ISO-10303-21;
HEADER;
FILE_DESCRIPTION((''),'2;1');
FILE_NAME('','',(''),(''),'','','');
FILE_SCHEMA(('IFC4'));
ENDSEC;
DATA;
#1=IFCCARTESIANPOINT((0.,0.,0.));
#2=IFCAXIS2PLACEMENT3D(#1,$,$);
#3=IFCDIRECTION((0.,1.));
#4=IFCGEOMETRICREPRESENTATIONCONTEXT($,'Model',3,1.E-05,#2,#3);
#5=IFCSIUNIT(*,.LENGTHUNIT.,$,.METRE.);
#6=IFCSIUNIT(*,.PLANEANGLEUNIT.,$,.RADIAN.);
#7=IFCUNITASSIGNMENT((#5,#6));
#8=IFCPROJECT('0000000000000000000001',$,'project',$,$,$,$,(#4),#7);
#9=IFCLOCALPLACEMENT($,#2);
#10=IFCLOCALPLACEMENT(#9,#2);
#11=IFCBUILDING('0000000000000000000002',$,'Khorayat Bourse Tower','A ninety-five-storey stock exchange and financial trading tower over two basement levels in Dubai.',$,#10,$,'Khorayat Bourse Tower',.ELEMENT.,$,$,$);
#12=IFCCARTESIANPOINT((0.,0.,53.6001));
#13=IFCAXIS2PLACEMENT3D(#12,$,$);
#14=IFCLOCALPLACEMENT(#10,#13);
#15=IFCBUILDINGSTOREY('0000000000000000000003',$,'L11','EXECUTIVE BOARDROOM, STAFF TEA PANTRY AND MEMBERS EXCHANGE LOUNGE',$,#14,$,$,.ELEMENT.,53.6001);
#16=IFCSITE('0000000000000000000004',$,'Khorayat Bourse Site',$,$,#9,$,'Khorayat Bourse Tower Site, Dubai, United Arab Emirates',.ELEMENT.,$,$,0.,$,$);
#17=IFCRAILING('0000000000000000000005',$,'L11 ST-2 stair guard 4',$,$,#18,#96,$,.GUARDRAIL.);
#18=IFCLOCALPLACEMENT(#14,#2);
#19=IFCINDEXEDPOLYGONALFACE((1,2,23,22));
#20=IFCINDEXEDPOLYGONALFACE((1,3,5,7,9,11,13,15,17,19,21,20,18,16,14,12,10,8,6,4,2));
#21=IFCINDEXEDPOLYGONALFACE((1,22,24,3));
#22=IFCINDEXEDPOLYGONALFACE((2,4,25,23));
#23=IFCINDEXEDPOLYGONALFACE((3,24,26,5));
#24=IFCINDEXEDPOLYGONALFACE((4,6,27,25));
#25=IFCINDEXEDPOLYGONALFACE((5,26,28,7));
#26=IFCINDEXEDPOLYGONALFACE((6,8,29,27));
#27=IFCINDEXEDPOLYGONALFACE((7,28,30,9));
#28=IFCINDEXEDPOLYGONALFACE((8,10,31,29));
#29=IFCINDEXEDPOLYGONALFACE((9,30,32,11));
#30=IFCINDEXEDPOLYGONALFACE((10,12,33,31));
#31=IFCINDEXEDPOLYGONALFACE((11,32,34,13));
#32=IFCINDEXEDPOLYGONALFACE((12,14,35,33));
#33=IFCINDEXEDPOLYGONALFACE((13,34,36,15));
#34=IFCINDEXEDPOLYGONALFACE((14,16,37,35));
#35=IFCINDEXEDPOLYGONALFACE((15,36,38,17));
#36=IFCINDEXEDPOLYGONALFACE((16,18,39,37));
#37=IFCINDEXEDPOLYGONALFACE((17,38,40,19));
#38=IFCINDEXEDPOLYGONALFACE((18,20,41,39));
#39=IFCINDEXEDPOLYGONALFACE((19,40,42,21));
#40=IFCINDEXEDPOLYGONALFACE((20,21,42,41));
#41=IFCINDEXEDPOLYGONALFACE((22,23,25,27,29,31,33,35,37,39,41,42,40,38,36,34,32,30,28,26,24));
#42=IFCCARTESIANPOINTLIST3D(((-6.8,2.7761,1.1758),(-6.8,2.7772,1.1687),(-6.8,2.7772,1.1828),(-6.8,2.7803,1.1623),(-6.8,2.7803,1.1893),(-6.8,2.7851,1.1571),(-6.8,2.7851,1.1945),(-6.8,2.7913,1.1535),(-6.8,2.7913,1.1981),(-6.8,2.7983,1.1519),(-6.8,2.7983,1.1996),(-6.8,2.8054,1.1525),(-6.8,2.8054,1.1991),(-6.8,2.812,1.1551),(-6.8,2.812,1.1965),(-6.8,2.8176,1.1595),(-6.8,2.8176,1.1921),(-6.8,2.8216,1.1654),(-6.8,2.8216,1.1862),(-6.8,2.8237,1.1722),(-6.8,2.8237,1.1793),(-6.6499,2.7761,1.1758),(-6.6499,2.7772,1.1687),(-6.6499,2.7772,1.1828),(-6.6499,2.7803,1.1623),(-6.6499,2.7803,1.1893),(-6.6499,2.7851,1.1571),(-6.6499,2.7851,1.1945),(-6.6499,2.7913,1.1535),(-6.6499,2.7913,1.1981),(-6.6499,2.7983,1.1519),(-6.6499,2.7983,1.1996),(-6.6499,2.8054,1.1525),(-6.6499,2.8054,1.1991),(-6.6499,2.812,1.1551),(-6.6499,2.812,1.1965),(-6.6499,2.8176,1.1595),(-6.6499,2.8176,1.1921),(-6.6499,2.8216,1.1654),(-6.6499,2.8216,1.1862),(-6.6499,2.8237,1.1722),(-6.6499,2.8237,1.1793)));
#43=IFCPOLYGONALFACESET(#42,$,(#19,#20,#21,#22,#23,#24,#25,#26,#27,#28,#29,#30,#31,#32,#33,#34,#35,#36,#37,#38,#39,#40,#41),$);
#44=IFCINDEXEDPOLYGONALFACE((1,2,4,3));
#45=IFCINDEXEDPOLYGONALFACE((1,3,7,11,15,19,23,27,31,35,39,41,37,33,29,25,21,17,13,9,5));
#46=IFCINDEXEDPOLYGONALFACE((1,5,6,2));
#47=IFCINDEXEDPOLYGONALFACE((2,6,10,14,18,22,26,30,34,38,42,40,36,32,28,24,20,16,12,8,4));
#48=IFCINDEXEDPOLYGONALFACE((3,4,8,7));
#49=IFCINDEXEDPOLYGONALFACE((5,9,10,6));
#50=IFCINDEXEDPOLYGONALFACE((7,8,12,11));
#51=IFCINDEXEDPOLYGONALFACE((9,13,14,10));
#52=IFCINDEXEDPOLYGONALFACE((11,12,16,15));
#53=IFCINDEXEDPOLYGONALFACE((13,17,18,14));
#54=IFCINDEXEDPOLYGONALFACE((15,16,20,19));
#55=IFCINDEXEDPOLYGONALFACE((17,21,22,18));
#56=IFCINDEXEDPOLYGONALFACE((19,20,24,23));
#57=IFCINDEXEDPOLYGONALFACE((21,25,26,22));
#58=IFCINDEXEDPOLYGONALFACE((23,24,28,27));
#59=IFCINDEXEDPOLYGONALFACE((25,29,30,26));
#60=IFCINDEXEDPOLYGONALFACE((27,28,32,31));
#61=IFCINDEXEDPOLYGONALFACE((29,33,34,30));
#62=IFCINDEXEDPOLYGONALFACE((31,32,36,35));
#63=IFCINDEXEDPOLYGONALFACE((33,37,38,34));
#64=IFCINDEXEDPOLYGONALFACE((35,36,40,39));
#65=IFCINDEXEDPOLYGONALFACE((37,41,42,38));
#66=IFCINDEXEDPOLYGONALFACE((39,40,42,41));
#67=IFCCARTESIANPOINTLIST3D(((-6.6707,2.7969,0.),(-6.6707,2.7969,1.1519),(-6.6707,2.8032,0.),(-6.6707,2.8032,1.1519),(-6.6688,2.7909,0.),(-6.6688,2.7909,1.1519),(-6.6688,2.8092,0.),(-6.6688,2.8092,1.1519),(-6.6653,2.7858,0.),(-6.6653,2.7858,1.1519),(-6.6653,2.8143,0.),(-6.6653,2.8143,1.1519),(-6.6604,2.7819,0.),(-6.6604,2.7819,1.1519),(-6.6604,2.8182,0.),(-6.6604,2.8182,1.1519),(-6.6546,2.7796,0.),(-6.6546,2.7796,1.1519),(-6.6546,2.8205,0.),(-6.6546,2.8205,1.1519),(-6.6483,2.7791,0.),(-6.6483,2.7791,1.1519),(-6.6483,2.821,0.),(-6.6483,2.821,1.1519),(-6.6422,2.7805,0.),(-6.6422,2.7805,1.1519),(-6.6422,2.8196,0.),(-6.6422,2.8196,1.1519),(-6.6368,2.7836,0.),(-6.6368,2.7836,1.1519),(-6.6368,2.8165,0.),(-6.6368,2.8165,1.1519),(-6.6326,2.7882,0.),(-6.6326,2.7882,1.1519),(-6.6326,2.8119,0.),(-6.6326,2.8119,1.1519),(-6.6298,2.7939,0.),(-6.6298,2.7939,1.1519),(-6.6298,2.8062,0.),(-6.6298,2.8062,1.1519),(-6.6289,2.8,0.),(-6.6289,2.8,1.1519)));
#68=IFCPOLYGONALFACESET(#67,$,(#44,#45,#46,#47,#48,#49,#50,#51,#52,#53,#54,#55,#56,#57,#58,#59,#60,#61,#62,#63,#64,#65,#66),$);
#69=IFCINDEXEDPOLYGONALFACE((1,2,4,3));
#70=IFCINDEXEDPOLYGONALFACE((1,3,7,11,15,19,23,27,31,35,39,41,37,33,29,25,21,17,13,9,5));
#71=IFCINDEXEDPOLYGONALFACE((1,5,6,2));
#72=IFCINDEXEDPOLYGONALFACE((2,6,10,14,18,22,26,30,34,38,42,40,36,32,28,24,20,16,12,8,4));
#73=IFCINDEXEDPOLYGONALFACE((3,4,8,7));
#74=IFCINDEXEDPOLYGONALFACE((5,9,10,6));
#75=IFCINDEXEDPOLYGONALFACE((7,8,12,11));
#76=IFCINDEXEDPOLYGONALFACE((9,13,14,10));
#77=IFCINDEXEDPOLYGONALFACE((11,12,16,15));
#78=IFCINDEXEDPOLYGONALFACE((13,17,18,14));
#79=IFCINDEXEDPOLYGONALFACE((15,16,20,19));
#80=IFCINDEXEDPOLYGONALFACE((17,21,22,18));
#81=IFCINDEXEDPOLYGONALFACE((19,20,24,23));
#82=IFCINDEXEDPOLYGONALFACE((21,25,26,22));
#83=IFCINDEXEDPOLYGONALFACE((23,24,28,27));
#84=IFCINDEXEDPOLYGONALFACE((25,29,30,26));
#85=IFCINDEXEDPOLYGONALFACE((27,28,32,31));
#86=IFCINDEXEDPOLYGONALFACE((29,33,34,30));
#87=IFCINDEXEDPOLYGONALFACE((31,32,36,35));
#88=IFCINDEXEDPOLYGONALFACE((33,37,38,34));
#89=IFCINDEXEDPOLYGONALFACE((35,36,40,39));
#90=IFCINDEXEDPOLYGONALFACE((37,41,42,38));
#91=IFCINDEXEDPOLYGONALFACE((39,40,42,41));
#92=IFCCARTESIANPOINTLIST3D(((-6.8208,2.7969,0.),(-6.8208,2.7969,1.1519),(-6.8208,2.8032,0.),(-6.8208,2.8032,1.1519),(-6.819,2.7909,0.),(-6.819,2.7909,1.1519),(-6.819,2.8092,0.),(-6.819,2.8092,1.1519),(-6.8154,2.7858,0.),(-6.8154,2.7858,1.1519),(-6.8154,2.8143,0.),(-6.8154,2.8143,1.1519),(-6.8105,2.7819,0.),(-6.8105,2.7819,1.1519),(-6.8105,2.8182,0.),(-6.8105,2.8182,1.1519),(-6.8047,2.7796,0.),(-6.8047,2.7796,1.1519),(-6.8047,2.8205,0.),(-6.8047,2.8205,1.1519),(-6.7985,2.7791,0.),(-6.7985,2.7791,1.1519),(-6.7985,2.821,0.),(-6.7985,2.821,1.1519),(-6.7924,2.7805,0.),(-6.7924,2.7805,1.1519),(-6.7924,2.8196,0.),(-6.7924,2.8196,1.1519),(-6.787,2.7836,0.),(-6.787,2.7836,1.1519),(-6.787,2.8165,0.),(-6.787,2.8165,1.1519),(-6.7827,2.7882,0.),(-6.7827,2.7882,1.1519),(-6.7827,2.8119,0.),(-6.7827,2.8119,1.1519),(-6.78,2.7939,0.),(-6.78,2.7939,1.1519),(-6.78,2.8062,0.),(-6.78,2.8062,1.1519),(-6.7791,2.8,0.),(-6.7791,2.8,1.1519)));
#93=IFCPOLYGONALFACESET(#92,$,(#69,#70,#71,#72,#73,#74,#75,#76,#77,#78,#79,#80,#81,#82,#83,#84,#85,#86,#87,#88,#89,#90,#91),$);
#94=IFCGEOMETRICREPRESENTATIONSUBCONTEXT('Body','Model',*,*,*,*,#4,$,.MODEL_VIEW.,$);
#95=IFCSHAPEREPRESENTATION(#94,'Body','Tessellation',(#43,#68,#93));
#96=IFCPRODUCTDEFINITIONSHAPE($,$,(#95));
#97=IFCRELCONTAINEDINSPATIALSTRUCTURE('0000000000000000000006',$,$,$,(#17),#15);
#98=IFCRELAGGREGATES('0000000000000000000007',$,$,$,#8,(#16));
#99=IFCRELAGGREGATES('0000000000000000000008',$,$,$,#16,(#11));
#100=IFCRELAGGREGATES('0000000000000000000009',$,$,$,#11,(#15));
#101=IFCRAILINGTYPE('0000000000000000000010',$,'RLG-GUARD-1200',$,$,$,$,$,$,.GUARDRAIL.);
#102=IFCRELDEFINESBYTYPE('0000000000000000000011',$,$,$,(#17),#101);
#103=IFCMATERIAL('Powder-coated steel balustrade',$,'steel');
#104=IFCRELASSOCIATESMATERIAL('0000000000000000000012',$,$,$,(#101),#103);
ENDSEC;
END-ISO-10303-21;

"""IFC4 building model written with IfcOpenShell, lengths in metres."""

from ifc_helpers import new_model, si_unit, direction, frame, origin, origin_2d, place, context, subcontext, project, spatial, circle, extrude, source, transform, mapped, material, type_object, element, save


model = new_model("IFC4")

# Units and contexts
model_context = context("Model", 3, precision=1e-05, world=origin(), true_north=direction((0.0, 1.0)))
body_context = subcontext(model_context, "Body", "Model", "MODEL_VIEW")
ifc_project = project(units=[si_unit("LENGTHUNIT", "METRE"), si_unit("PLANEANGLEUNIT", "RADIAN")], contexts=[model_context])

# Site, building, storey
site_placement = place(None, origin())
site = spatial("IfcSite", under=ifc_project, at=site_placement, Name="Khorayat Bourse Site", LongName="Khorayat Bourse Tower Site, Dubai, United Arab Emirates", CompositionType="ELEMENT", RefElevation=0.0)
building_placement = place(site_placement, origin())
building = spatial("IfcBuilding", under=site, at=building_placement, Name="Khorayat Bourse Tower", Description="A ninety-five-storey stock exchange and financial trading tower over two basement levels in Dubai.", LongName="Khorayat Bourse Tower", CompositionType="ELEMENT")
storey_placement = place(building_placement, frame((0.0, 0.0, 53.6001)))
storey = spatial("IfcBuildingStorey", under=building, at=storey_placement, Name="L11", Description="EXECUTIVE BOARDROOM, STAFF TEA PANTRY AND MEMBERS EXCHANGE LOUNGE", CompositionType="ELEMENT", Elevation=53.6001)

# Railing
ifc_material_1 = material(Name="Powder-coated steel balustrade", Category="steel")
railing_type_1 = type_object("IfcRailingType", Name="RLG-GUARD-1200", PredefinedType="GUARDRAIL", material=ifc_material_1)
shared_shape_1 = source(origin(), body_context, "Body", "SweptSolid", [
    extrude(circle(Radius=0.0239, at=origin_2d()), frame((0.0, 0.0, 1.1758), z_axis=(-1.0, 0.0, 0.0), x_axis=(0.0, -1.0, 0.0)), (0.0, 0.0, 1.0), 0.1501),
    extrude(circle(Radius=0.021, at=origin_2d()), origin(), (0.0, 0.0, 1.0), 1.1519),
    extrude(circle(Radius=0.021, at=origin_2d()), frame((-0.1501, 0.0, 0.0)), (0.0, 0.0, 1.0), 1.1519),
])
for number, where, name in (
    (1, (-6.6499, 2.8, 0.0), "L11 ST-2 stair guard 4"),
):
    element("IfcRailing", number, at=place(storey_placement, frame(where)), inside=storey, type_object=railing_type_1, Name=name, PredefinedType="GUARDRAIL", context=body_context, shape_type="MappedRepresentation", body=[
        mapped(shared_shape_1, transform((0.0, 0.0, 0.0), scale=1.0)),
    ])

save(model, "model.ifc")
